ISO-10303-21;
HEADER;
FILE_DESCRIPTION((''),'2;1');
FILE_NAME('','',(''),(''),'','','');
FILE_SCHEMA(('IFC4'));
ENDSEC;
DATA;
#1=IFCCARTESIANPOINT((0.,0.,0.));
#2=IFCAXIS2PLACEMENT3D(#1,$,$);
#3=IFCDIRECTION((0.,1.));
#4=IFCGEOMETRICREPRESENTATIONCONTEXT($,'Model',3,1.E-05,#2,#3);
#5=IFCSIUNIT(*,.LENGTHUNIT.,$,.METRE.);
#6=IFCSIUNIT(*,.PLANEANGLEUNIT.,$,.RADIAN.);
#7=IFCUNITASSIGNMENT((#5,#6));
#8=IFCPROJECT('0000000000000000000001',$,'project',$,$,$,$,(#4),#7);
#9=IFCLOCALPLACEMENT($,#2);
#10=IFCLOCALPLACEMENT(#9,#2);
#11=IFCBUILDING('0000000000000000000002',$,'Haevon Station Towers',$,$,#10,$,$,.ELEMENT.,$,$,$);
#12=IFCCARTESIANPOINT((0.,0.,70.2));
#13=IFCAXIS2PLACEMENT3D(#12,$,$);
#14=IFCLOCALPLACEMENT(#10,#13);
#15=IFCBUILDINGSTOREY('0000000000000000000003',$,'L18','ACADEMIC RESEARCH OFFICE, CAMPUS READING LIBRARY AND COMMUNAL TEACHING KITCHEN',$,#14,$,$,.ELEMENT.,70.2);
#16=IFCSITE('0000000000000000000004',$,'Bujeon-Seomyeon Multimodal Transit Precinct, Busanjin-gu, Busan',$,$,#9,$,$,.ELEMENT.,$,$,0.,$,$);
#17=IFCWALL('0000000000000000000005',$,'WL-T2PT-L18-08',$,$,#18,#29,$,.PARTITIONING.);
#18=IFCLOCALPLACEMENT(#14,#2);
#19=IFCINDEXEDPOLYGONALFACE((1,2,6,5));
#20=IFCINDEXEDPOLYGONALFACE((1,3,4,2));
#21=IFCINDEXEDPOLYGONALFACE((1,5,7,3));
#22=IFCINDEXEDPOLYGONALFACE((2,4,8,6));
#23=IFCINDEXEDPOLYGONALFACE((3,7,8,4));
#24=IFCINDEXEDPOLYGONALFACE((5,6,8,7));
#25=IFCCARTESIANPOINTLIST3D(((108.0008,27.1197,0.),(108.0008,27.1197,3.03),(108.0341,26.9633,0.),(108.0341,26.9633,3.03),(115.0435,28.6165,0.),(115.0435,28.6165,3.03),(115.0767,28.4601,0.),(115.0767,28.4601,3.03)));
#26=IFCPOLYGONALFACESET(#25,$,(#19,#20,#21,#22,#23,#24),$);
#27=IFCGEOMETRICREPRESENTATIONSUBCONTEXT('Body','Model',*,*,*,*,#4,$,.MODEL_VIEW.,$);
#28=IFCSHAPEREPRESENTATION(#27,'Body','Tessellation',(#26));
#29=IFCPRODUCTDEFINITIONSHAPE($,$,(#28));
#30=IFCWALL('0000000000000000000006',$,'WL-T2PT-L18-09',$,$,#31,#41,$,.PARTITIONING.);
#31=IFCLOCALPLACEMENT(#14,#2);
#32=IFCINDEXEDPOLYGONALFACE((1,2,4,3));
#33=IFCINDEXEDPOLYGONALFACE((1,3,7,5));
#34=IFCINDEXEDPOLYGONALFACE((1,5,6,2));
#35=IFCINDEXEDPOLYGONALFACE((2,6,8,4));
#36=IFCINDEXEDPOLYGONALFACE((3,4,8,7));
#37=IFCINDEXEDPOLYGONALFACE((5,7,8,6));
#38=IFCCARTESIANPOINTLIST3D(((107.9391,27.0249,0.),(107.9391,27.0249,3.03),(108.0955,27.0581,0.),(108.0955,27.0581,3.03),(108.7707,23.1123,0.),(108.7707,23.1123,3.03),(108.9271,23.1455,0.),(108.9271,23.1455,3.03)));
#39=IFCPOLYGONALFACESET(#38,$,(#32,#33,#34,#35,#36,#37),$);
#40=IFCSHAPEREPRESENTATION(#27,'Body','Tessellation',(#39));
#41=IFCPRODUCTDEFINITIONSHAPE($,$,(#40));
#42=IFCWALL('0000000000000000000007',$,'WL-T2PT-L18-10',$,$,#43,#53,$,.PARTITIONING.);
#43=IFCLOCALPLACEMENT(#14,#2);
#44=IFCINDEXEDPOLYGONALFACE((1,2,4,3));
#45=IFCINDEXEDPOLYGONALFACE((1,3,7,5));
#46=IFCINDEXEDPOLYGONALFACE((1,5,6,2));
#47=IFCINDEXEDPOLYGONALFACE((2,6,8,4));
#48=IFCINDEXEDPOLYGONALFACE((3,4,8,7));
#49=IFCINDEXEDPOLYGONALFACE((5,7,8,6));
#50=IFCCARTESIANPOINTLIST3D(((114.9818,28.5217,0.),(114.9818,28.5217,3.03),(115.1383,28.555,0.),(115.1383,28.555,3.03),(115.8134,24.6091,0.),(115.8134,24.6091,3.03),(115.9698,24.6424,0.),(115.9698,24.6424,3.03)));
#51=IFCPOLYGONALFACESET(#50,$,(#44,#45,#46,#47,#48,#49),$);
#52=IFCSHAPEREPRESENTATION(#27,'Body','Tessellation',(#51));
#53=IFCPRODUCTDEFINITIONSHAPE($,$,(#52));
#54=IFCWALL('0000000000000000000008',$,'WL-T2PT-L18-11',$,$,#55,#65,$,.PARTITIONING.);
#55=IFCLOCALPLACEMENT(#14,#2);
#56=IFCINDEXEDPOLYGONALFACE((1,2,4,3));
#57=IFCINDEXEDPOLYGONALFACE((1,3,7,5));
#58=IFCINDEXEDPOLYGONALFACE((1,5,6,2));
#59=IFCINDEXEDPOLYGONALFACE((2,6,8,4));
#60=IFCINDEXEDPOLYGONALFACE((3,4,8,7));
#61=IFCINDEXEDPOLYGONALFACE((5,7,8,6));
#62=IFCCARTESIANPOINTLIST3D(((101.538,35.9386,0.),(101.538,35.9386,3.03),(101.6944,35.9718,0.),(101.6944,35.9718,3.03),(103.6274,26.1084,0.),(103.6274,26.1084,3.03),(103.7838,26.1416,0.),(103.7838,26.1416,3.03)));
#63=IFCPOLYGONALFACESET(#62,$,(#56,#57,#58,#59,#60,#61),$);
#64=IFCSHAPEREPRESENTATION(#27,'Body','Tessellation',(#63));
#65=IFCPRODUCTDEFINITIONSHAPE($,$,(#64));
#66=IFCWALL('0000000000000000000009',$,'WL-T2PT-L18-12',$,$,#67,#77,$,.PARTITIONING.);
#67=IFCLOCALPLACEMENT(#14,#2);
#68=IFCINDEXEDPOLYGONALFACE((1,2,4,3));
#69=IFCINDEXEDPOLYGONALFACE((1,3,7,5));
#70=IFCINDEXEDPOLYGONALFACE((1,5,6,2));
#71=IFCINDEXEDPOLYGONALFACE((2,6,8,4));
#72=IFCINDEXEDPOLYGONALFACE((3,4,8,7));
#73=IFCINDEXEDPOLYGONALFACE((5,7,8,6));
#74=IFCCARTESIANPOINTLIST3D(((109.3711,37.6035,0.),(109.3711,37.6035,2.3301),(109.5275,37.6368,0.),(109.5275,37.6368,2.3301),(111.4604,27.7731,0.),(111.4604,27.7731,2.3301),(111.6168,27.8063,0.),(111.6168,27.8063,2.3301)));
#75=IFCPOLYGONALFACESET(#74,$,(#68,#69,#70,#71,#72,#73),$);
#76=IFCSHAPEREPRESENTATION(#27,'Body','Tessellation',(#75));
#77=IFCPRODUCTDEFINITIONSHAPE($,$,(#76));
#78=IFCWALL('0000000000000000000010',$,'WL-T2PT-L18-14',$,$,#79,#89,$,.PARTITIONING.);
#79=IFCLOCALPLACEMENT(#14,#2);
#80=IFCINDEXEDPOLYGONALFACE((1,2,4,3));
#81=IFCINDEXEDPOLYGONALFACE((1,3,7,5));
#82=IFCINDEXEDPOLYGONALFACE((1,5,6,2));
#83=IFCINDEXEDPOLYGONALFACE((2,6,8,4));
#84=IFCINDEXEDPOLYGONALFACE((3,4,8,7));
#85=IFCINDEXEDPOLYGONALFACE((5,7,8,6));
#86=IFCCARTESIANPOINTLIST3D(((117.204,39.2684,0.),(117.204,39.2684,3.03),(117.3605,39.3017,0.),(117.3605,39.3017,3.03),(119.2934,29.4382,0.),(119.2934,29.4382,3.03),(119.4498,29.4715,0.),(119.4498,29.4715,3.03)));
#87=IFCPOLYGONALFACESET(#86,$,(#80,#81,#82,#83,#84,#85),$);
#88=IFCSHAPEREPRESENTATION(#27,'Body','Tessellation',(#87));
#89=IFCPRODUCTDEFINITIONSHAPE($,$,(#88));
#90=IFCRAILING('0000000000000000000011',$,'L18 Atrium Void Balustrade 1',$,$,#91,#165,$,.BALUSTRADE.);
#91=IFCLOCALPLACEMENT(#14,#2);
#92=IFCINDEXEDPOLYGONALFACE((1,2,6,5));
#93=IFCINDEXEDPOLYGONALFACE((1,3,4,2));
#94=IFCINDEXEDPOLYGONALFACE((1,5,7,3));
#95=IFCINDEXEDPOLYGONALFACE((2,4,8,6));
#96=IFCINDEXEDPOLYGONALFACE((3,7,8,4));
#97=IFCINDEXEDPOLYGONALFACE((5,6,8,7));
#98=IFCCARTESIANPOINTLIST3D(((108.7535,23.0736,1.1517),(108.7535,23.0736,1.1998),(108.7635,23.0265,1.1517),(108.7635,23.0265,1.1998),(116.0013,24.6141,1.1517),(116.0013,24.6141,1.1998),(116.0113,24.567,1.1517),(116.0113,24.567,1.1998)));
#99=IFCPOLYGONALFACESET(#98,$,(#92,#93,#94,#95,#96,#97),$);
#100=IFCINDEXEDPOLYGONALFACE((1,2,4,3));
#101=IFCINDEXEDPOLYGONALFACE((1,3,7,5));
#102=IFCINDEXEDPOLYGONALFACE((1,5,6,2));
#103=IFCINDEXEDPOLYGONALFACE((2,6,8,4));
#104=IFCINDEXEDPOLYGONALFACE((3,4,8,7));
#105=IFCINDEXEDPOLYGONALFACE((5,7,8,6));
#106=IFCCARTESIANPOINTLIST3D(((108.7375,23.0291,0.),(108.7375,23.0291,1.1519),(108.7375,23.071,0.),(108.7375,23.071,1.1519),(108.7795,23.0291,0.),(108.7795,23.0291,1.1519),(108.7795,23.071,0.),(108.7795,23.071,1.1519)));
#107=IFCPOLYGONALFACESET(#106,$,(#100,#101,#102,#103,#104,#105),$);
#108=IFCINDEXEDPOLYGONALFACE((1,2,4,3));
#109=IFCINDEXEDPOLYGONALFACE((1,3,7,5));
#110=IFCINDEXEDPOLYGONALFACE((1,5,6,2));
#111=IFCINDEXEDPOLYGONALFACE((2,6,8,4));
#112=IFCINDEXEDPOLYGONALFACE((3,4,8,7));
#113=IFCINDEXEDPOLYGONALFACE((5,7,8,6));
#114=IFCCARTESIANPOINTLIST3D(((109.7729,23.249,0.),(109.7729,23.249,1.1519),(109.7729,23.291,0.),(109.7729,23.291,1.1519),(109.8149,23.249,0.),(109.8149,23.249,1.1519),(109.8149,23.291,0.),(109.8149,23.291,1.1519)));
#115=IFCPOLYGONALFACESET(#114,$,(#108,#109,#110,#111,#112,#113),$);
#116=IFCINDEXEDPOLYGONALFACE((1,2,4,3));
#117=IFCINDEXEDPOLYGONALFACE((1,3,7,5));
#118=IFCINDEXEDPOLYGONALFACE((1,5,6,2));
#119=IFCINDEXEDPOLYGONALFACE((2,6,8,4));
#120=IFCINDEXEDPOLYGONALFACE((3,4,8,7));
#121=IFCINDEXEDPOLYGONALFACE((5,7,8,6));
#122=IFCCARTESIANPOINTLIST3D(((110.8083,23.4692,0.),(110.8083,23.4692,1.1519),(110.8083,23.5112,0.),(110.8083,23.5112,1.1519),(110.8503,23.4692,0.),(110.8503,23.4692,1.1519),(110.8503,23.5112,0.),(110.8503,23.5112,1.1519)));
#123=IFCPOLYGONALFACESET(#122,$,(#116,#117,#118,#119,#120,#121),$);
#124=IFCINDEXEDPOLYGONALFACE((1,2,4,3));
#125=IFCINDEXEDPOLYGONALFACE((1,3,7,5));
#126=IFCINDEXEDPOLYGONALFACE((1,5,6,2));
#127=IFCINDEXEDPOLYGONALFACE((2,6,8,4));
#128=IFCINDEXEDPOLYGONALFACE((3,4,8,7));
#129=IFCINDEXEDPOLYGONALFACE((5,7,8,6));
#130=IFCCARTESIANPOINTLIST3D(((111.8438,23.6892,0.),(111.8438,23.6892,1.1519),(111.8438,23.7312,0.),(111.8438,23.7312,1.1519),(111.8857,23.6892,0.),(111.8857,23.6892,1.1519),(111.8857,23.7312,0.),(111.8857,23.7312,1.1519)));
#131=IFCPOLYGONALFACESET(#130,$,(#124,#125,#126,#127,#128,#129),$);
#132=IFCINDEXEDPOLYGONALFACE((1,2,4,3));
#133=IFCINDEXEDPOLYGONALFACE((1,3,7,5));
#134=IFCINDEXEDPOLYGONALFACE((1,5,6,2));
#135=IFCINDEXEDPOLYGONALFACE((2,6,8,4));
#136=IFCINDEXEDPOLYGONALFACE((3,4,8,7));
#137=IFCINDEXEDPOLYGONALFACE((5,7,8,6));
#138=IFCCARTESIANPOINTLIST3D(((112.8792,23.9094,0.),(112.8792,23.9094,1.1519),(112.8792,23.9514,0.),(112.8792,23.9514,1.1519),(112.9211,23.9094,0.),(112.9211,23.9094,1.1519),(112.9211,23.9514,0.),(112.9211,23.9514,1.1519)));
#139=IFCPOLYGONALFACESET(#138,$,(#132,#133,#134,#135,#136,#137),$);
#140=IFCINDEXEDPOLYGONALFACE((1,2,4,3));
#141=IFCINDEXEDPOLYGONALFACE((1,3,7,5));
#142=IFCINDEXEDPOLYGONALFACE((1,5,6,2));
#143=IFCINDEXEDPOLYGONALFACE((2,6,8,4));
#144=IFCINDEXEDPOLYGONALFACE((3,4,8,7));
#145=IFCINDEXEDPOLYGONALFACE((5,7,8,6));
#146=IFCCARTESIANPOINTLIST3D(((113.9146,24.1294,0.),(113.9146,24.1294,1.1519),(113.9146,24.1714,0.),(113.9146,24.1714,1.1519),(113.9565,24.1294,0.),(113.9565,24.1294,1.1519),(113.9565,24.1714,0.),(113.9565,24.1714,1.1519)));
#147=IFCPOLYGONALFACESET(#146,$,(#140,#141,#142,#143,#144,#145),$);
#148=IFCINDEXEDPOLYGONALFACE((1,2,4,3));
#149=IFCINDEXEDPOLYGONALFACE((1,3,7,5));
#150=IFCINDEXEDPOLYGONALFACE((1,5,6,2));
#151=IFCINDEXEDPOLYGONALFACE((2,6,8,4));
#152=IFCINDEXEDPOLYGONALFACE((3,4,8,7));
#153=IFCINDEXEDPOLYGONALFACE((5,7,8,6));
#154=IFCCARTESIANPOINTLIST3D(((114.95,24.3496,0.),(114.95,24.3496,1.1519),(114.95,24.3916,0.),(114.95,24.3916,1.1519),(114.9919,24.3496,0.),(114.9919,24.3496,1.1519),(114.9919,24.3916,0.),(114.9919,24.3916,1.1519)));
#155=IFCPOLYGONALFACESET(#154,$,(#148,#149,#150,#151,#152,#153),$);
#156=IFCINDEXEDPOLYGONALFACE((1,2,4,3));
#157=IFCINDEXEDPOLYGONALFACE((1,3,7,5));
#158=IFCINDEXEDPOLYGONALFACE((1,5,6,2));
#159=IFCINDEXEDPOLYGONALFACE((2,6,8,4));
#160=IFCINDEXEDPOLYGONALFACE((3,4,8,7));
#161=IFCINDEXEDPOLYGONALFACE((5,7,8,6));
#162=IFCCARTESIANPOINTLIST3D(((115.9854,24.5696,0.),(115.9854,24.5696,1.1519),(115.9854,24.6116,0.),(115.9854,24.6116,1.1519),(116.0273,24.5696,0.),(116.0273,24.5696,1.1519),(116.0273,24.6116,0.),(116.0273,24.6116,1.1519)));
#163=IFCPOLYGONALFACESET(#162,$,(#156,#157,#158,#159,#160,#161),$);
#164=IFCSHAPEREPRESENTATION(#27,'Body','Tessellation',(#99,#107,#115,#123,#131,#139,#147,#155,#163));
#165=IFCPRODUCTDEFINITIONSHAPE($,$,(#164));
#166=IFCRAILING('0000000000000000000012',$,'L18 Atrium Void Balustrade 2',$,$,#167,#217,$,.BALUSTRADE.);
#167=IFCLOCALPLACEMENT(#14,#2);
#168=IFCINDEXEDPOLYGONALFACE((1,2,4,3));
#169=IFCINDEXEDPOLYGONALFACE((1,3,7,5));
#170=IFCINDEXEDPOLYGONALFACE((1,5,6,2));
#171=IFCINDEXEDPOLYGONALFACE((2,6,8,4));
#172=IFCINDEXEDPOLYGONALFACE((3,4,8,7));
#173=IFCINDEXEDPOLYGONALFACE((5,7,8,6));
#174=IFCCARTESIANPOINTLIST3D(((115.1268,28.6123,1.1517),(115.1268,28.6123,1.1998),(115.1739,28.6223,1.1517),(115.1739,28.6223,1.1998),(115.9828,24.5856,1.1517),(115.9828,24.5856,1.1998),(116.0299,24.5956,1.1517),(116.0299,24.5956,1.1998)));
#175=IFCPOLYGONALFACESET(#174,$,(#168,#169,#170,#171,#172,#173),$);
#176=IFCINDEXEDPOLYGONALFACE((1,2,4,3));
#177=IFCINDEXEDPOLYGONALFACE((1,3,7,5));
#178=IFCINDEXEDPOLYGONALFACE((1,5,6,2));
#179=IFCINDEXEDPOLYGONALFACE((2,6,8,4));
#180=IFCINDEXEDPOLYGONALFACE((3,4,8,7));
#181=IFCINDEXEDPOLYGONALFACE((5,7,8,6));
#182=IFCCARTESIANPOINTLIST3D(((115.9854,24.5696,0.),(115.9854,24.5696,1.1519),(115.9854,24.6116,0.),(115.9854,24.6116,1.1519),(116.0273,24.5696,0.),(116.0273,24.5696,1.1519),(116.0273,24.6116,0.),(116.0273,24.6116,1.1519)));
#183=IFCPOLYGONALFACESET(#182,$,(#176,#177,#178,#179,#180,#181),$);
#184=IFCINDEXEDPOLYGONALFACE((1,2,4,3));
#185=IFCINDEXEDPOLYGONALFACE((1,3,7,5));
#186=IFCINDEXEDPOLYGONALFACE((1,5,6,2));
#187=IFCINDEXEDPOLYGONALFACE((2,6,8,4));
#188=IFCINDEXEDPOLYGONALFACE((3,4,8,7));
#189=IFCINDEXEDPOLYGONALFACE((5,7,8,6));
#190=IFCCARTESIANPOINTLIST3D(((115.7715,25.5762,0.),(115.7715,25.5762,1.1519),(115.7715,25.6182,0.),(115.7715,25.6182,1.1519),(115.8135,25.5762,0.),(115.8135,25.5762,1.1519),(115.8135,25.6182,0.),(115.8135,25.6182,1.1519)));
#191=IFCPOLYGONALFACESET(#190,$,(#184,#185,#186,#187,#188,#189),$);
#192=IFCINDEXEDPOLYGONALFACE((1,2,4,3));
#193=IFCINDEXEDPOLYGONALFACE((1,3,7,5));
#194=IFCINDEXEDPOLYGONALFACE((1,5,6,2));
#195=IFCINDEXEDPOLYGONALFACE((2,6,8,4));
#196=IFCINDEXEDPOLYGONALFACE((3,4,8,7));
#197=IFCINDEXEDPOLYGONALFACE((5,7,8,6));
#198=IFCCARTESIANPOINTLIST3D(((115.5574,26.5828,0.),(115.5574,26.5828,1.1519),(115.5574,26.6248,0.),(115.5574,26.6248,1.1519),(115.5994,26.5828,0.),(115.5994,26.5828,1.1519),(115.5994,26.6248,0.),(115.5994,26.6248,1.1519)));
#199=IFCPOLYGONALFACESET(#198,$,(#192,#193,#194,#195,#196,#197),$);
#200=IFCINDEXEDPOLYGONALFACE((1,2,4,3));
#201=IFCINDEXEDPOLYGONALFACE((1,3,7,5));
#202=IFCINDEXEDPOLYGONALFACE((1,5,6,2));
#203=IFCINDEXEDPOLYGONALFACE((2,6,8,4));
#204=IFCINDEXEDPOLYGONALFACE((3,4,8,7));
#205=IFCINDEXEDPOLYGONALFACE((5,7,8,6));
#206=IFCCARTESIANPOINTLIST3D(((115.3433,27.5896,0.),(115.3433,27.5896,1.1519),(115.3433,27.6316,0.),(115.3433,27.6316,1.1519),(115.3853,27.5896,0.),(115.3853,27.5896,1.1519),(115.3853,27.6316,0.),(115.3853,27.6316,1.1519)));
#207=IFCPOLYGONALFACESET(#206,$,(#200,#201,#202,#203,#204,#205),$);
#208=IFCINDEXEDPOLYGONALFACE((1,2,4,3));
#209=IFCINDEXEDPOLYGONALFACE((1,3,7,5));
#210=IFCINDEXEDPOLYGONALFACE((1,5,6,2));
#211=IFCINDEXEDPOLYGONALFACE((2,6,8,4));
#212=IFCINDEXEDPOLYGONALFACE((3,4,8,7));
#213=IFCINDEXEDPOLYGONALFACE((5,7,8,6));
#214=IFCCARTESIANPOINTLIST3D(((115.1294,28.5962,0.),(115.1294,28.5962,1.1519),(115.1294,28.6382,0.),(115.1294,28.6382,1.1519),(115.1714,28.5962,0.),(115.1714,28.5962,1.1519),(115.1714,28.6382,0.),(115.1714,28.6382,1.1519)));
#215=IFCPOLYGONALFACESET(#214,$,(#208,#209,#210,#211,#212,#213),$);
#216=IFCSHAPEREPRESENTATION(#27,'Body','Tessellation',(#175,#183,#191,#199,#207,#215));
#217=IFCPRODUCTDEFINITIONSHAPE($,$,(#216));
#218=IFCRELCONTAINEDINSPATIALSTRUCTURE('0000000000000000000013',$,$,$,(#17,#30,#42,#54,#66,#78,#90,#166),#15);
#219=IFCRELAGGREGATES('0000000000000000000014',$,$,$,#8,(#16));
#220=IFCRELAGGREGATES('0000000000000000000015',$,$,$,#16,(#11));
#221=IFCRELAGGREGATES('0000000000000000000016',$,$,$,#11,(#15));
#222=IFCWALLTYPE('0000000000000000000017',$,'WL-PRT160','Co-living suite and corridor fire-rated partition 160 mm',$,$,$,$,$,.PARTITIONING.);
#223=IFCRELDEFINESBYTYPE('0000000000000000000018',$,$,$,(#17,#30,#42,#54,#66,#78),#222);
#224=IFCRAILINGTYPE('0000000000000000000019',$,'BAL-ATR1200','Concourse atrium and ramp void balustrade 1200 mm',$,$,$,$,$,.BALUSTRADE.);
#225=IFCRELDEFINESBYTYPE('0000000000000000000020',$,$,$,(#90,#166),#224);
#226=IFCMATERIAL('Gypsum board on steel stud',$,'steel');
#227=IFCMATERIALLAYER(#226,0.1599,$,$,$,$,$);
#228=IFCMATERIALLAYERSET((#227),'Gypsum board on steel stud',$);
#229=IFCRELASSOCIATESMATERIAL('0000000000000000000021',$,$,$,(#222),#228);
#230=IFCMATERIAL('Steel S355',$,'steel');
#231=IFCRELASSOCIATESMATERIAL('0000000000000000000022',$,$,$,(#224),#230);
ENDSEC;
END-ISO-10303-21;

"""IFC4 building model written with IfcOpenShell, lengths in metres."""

from ifc_helpers import new_model, si_unit, direction, frame, frame_2d, origin, origin_2d, place, context, subcontext, project, spatial, rectangle, extrude, material, layer, layer_set, type_object, element, save


model = new_model("IFC4")

# Units and contexts
model_context = context("Model", 3, precision=1e-05, world=origin(), true_north=direction((0.0, 1.0)))
body_context = subcontext(model_context, "Body", "Model", "MODEL_VIEW")
ifc_project = project(units=[si_unit("LENGTHUNIT", "METRE"), si_unit("PLANEANGLEUNIT", "RADIAN")], contexts=[model_context])

# Site, building, storey
site_placement = place(None, origin())
site = spatial("IfcSite", under=ifc_project, at=site_placement, Name="Bujeon-Seomyeon Multimodal Transit Precinct, Busanjin-gu, Busan", CompositionType="ELEMENT", RefElevation=0.0)
building_placement = place(site_placement, origin())
building = spatial("IfcBuilding", under=site, at=building_placement, Name="Haevon Station Towers", CompositionType="ELEMENT")
storey_placement = place(building_placement, frame((0.0, 0.0, 70.2)))
storey = spatial("IfcBuildingStorey", under=building, at=storey_placement, Name="L18", Description="ACADEMIC RESEARCH OFFICE, CAMPUS READING LIBRARY AND COMMUNAL TEACHING KITCHEN", CompositionType="ELEMENT", Elevation=70.2)

# Shared definitions
ifc_material_1 = material(Name="Steel S355", Category="steel")

# Shared definitions
ifc_material_2 = material(Name="Gypsum board on steel stud", Category="steel")

# Walls
ifc_layer_1 = layer(ifc_material_2, 0.1599)
ifc_layer_set_1 = layer_set([ifc_layer_1], Name="Gypsum board on steel stud")
wall_type_1 = type_object("IfcWallType", Name="WL-PRT160", Description="Co-living suite and corridor fire-rated partition 160 mm", PredefinedType="PARTITIONING", material=ifc_layer_set_1)
for number, where, z_axis, x_axis, name in (
    (1, (108.0173, 27.0415, 0.0), (0.0, 0.0, 1.0), (0.978152, 0.207892, 0.0), "WL-T2PT-L18-08"),
):
    element("IfcWall", number, at=place(storey_placement, frame(where, z_axis=z_axis, x_axis=x_axis)), inside=storey, type_object=wall_type_1, Name=name, PredefinedType="PARTITIONING", context=body_context, shape_type="SweptSolid", body=[
        extrude(rectangle(XDim=7.2, YDim=0.1599, at=frame_2d((3.6001, 0.0))), origin(), (0.0, 0.0, 1.0), 3.03),
    ])
for number, where, z_axis, x_axis, name in (
    (2, (108.8489, 23.1289, 0.0), (0.0, 0.0, 1.0), (-0.207886, 0.978153, 0.0), "WL-T2PT-L18-09"),
    (3, (115.8916, 24.6257, 0.0), (0.0, 0.0, 1.0), (-0.207886, 0.978153, 0.0), "WL-T2PT-L18-10"),
):
    element("IfcWall", number, at=place(storey_placement, frame(where, z_axis=z_axis, x_axis=x_axis)), inside=storey, type_object=wall_type_1, Name=name, PredefinedType="PARTITIONING", context=body_context, shape_type="SweptSolid", body=[
        extrude(rectangle(XDim=4.0, YDim=0.1599, at=frame_2d((2.0, 0.0))), origin(), (0.0, 0.0, 1.0), 3.03),
    ])
wall_1_placement = place(storey_placement, frame((103.7056, 26.125, 0.0), z_axis=(0.0, 0.0, 1.0), x_axis=(-0.207898, 0.978151, 0.0)))
element("IfcWall", 4, at=wall_1_placement, inside=storey, type_object=wall_type_1, Name="WL-T2PT-L18-11", PredefinedType="PARTITIONING", context=body_context, shape_type="SweptSolid", body=[
    extrude(rectangle(XDim=10.0498, YDim=0.1599, at=frame_2d((5.0249, 0.0))), origin(), (0.0, 0.0, 1.0), 3.03),
])
wall_2_placement = place(storey_placement, frame((111.5386, 27.7898, 0.0), z_axis=(0.0, 0.0, 1.0), x_axis=(-0.207893, 0.978152, 0.0)))
element("IfcWall", 5, at=wall_2_placement, inside=storey, type_object=wall_type_1, Name="WL-T2PT-L18-12", PredefinedType="PARTITIONING", context=body_context, shape_type="SweptSolid", body=[
    extrude(rectangle(XDim=10.05, YDim=0.1599, at=frame_2d((5.0249, 0.0))), origin(), (0.0, 0.0, 1.0), 2.3301),
])
wall_3_placement = place(storey_placement, frame((119.3716, 29.4548, 0.0), z_axis=(0.0, 0.0, 1.0), x_axis=(-0.207898, 0.978151, 0.0)))
element("IfcWall", 6, at=wall_3_placement, inside=storey, type_object=wall_type_1, Name="WL-T2PT-L18-14", PredefinedType="PARTITIONING", context=body_context, shape_type="SweptSolid", body=[
    extrude(rectangle(XDim=10.0498, YDim=0.1599, at=frame_2d((5.0249, 0.0))), origin(), (0.0, 0.0, 1.0), 3.03),
])

# Railings
railing_type = type_object("IfcRailingType", Name="BAL-ATR1200", Description="Concourse atrium and ramp void balustrade 1200 mm", PredefinedType="BALUSTRADE", material=ifc_material_1)
railing_1_placement = place(storey_placement, frame((108.7585, 23.05, 0.0)))
element("IfcRailing", 7, at=railing_1_placement, inside=storey, type_object=railing_type, Name="L18 Atrium Void Balustrade 1", PredefinedType="BALUSTRADE", context=body_context, shape_type="SweptSolid", body=[
    extrude(rectangle(XDim=0.0481, YDim=0.0481, at=origin_2d()), frame((0.0, 0.0, 1.1758), z_axis=(0.978149, 0.207906, 0.0), x_axis=(-0.207906, 0.978149, 0.0)), (0.0, 0.0, 1.0), 7.4097),
    extrude(rectangle(XDim=0.042, YDim=0.042, at=origin_2d()), origin(), (0.0, 0.0, 1.0), 1.1519),
    extrude(rectangle(XDim=0.042, YDim=0.042, at=origin_2d()), frame((1.0354, 0.22, 0.0)), (0.0, 0.0, 1.0), 1.1519),
    extrude(rectangle(XDim=0.042, YDim=0.042, at=origin_2d()), frame((2.0708, 0.4402, 0.0)), (0.0, 0.0, 1.0), 1.1519),
    extrude(rectangle(XDim=0.042, YDim=0.042, at=origin_2d()), frame((3.1062, 0.6602, 0.0)), (0.0, 0.0, 1.0), 1.1519),
    extrude(rectangle(XDim=0.042, YDim=0.042, at=origin_2d()), frame((4.1416, 0.8804, 0.0)), (0.0, 0.0, 1.0), 1.1519),
    extrude(rectangle(XDim=0.042, YDim=0.042, at=origin_2d()), frame((5.177, 1.1003, 0.0)), (0.0, 0.0, 1.0), 1.1519),
    extrude(rectangle(XDim=0.042, YDim=0.042, at=origin_2d()), frame((6.2124, 1.3206, 0.0)), (0.0, 0.0, 1.0), 1.1519),
    extrude(rectangle(XDim=0.042, YDim=0.042, at=origin_2d()), frame((7.2478, 1.5405, 0.0)), (0.0, 0.0, 1.0), 1.1519),
])
railing_2_placement = place(storey_placement, frame((116.0063, 24.5906, 0.0)))
element("IfcRailing", 8, at=railing_2_placement, inside=storey, type_object=railing_type, Name="L18 Atrium Void Balustrade 2", PredefinedType="BALUSTRADE", context=body_context, shape_type="SweptSolid", body=[
    extrude(rectangle(XDim=0.0481, YDim=0.0481, at=origin_2d()), frame((0.0, 0.0, 1.1758), z_axis=(-0.207929, 0.978144, 0.0), x_axis=(-0.978144, -0.207929, 0.0)), (0.0, 0.0, 1.0), 4.1167),
    extrude(rectangle(XDim=0.042, YDim=0.042, at=origin_2d()), origin(), (0.0, 0.0, 1.0), 1.1519),
    extrude(rectangle(XDim=0.042, YDim=0.042, at=origin_2d()), frame((-0.2139, 1.0066, 0.0)), (0.0, 0.0, 1.0), 1.1519),
    extrude(rectangle(XDim=0.042, YDim=0.042, at=origin_2d()), frame((-0.428, 2.0132, 0.0)), (0.0, 0.0, 1.0), 1.1519),
    extrude(rectangle(XDim=0.042, YDim=0.042, at=origin_2d()), frame((-0.6421, 3.02, 0.0)), (0.0, 0.0, 1.0), 1.1519),
    extrude(rectangle(XDim=0.042, YDim=0.042, at=origin_2d()), frame((-0.856, 4.0266, 0.0)), (0.0, 0.0, 1.0), 1.1519),
])

save(model, "model.ifc")
